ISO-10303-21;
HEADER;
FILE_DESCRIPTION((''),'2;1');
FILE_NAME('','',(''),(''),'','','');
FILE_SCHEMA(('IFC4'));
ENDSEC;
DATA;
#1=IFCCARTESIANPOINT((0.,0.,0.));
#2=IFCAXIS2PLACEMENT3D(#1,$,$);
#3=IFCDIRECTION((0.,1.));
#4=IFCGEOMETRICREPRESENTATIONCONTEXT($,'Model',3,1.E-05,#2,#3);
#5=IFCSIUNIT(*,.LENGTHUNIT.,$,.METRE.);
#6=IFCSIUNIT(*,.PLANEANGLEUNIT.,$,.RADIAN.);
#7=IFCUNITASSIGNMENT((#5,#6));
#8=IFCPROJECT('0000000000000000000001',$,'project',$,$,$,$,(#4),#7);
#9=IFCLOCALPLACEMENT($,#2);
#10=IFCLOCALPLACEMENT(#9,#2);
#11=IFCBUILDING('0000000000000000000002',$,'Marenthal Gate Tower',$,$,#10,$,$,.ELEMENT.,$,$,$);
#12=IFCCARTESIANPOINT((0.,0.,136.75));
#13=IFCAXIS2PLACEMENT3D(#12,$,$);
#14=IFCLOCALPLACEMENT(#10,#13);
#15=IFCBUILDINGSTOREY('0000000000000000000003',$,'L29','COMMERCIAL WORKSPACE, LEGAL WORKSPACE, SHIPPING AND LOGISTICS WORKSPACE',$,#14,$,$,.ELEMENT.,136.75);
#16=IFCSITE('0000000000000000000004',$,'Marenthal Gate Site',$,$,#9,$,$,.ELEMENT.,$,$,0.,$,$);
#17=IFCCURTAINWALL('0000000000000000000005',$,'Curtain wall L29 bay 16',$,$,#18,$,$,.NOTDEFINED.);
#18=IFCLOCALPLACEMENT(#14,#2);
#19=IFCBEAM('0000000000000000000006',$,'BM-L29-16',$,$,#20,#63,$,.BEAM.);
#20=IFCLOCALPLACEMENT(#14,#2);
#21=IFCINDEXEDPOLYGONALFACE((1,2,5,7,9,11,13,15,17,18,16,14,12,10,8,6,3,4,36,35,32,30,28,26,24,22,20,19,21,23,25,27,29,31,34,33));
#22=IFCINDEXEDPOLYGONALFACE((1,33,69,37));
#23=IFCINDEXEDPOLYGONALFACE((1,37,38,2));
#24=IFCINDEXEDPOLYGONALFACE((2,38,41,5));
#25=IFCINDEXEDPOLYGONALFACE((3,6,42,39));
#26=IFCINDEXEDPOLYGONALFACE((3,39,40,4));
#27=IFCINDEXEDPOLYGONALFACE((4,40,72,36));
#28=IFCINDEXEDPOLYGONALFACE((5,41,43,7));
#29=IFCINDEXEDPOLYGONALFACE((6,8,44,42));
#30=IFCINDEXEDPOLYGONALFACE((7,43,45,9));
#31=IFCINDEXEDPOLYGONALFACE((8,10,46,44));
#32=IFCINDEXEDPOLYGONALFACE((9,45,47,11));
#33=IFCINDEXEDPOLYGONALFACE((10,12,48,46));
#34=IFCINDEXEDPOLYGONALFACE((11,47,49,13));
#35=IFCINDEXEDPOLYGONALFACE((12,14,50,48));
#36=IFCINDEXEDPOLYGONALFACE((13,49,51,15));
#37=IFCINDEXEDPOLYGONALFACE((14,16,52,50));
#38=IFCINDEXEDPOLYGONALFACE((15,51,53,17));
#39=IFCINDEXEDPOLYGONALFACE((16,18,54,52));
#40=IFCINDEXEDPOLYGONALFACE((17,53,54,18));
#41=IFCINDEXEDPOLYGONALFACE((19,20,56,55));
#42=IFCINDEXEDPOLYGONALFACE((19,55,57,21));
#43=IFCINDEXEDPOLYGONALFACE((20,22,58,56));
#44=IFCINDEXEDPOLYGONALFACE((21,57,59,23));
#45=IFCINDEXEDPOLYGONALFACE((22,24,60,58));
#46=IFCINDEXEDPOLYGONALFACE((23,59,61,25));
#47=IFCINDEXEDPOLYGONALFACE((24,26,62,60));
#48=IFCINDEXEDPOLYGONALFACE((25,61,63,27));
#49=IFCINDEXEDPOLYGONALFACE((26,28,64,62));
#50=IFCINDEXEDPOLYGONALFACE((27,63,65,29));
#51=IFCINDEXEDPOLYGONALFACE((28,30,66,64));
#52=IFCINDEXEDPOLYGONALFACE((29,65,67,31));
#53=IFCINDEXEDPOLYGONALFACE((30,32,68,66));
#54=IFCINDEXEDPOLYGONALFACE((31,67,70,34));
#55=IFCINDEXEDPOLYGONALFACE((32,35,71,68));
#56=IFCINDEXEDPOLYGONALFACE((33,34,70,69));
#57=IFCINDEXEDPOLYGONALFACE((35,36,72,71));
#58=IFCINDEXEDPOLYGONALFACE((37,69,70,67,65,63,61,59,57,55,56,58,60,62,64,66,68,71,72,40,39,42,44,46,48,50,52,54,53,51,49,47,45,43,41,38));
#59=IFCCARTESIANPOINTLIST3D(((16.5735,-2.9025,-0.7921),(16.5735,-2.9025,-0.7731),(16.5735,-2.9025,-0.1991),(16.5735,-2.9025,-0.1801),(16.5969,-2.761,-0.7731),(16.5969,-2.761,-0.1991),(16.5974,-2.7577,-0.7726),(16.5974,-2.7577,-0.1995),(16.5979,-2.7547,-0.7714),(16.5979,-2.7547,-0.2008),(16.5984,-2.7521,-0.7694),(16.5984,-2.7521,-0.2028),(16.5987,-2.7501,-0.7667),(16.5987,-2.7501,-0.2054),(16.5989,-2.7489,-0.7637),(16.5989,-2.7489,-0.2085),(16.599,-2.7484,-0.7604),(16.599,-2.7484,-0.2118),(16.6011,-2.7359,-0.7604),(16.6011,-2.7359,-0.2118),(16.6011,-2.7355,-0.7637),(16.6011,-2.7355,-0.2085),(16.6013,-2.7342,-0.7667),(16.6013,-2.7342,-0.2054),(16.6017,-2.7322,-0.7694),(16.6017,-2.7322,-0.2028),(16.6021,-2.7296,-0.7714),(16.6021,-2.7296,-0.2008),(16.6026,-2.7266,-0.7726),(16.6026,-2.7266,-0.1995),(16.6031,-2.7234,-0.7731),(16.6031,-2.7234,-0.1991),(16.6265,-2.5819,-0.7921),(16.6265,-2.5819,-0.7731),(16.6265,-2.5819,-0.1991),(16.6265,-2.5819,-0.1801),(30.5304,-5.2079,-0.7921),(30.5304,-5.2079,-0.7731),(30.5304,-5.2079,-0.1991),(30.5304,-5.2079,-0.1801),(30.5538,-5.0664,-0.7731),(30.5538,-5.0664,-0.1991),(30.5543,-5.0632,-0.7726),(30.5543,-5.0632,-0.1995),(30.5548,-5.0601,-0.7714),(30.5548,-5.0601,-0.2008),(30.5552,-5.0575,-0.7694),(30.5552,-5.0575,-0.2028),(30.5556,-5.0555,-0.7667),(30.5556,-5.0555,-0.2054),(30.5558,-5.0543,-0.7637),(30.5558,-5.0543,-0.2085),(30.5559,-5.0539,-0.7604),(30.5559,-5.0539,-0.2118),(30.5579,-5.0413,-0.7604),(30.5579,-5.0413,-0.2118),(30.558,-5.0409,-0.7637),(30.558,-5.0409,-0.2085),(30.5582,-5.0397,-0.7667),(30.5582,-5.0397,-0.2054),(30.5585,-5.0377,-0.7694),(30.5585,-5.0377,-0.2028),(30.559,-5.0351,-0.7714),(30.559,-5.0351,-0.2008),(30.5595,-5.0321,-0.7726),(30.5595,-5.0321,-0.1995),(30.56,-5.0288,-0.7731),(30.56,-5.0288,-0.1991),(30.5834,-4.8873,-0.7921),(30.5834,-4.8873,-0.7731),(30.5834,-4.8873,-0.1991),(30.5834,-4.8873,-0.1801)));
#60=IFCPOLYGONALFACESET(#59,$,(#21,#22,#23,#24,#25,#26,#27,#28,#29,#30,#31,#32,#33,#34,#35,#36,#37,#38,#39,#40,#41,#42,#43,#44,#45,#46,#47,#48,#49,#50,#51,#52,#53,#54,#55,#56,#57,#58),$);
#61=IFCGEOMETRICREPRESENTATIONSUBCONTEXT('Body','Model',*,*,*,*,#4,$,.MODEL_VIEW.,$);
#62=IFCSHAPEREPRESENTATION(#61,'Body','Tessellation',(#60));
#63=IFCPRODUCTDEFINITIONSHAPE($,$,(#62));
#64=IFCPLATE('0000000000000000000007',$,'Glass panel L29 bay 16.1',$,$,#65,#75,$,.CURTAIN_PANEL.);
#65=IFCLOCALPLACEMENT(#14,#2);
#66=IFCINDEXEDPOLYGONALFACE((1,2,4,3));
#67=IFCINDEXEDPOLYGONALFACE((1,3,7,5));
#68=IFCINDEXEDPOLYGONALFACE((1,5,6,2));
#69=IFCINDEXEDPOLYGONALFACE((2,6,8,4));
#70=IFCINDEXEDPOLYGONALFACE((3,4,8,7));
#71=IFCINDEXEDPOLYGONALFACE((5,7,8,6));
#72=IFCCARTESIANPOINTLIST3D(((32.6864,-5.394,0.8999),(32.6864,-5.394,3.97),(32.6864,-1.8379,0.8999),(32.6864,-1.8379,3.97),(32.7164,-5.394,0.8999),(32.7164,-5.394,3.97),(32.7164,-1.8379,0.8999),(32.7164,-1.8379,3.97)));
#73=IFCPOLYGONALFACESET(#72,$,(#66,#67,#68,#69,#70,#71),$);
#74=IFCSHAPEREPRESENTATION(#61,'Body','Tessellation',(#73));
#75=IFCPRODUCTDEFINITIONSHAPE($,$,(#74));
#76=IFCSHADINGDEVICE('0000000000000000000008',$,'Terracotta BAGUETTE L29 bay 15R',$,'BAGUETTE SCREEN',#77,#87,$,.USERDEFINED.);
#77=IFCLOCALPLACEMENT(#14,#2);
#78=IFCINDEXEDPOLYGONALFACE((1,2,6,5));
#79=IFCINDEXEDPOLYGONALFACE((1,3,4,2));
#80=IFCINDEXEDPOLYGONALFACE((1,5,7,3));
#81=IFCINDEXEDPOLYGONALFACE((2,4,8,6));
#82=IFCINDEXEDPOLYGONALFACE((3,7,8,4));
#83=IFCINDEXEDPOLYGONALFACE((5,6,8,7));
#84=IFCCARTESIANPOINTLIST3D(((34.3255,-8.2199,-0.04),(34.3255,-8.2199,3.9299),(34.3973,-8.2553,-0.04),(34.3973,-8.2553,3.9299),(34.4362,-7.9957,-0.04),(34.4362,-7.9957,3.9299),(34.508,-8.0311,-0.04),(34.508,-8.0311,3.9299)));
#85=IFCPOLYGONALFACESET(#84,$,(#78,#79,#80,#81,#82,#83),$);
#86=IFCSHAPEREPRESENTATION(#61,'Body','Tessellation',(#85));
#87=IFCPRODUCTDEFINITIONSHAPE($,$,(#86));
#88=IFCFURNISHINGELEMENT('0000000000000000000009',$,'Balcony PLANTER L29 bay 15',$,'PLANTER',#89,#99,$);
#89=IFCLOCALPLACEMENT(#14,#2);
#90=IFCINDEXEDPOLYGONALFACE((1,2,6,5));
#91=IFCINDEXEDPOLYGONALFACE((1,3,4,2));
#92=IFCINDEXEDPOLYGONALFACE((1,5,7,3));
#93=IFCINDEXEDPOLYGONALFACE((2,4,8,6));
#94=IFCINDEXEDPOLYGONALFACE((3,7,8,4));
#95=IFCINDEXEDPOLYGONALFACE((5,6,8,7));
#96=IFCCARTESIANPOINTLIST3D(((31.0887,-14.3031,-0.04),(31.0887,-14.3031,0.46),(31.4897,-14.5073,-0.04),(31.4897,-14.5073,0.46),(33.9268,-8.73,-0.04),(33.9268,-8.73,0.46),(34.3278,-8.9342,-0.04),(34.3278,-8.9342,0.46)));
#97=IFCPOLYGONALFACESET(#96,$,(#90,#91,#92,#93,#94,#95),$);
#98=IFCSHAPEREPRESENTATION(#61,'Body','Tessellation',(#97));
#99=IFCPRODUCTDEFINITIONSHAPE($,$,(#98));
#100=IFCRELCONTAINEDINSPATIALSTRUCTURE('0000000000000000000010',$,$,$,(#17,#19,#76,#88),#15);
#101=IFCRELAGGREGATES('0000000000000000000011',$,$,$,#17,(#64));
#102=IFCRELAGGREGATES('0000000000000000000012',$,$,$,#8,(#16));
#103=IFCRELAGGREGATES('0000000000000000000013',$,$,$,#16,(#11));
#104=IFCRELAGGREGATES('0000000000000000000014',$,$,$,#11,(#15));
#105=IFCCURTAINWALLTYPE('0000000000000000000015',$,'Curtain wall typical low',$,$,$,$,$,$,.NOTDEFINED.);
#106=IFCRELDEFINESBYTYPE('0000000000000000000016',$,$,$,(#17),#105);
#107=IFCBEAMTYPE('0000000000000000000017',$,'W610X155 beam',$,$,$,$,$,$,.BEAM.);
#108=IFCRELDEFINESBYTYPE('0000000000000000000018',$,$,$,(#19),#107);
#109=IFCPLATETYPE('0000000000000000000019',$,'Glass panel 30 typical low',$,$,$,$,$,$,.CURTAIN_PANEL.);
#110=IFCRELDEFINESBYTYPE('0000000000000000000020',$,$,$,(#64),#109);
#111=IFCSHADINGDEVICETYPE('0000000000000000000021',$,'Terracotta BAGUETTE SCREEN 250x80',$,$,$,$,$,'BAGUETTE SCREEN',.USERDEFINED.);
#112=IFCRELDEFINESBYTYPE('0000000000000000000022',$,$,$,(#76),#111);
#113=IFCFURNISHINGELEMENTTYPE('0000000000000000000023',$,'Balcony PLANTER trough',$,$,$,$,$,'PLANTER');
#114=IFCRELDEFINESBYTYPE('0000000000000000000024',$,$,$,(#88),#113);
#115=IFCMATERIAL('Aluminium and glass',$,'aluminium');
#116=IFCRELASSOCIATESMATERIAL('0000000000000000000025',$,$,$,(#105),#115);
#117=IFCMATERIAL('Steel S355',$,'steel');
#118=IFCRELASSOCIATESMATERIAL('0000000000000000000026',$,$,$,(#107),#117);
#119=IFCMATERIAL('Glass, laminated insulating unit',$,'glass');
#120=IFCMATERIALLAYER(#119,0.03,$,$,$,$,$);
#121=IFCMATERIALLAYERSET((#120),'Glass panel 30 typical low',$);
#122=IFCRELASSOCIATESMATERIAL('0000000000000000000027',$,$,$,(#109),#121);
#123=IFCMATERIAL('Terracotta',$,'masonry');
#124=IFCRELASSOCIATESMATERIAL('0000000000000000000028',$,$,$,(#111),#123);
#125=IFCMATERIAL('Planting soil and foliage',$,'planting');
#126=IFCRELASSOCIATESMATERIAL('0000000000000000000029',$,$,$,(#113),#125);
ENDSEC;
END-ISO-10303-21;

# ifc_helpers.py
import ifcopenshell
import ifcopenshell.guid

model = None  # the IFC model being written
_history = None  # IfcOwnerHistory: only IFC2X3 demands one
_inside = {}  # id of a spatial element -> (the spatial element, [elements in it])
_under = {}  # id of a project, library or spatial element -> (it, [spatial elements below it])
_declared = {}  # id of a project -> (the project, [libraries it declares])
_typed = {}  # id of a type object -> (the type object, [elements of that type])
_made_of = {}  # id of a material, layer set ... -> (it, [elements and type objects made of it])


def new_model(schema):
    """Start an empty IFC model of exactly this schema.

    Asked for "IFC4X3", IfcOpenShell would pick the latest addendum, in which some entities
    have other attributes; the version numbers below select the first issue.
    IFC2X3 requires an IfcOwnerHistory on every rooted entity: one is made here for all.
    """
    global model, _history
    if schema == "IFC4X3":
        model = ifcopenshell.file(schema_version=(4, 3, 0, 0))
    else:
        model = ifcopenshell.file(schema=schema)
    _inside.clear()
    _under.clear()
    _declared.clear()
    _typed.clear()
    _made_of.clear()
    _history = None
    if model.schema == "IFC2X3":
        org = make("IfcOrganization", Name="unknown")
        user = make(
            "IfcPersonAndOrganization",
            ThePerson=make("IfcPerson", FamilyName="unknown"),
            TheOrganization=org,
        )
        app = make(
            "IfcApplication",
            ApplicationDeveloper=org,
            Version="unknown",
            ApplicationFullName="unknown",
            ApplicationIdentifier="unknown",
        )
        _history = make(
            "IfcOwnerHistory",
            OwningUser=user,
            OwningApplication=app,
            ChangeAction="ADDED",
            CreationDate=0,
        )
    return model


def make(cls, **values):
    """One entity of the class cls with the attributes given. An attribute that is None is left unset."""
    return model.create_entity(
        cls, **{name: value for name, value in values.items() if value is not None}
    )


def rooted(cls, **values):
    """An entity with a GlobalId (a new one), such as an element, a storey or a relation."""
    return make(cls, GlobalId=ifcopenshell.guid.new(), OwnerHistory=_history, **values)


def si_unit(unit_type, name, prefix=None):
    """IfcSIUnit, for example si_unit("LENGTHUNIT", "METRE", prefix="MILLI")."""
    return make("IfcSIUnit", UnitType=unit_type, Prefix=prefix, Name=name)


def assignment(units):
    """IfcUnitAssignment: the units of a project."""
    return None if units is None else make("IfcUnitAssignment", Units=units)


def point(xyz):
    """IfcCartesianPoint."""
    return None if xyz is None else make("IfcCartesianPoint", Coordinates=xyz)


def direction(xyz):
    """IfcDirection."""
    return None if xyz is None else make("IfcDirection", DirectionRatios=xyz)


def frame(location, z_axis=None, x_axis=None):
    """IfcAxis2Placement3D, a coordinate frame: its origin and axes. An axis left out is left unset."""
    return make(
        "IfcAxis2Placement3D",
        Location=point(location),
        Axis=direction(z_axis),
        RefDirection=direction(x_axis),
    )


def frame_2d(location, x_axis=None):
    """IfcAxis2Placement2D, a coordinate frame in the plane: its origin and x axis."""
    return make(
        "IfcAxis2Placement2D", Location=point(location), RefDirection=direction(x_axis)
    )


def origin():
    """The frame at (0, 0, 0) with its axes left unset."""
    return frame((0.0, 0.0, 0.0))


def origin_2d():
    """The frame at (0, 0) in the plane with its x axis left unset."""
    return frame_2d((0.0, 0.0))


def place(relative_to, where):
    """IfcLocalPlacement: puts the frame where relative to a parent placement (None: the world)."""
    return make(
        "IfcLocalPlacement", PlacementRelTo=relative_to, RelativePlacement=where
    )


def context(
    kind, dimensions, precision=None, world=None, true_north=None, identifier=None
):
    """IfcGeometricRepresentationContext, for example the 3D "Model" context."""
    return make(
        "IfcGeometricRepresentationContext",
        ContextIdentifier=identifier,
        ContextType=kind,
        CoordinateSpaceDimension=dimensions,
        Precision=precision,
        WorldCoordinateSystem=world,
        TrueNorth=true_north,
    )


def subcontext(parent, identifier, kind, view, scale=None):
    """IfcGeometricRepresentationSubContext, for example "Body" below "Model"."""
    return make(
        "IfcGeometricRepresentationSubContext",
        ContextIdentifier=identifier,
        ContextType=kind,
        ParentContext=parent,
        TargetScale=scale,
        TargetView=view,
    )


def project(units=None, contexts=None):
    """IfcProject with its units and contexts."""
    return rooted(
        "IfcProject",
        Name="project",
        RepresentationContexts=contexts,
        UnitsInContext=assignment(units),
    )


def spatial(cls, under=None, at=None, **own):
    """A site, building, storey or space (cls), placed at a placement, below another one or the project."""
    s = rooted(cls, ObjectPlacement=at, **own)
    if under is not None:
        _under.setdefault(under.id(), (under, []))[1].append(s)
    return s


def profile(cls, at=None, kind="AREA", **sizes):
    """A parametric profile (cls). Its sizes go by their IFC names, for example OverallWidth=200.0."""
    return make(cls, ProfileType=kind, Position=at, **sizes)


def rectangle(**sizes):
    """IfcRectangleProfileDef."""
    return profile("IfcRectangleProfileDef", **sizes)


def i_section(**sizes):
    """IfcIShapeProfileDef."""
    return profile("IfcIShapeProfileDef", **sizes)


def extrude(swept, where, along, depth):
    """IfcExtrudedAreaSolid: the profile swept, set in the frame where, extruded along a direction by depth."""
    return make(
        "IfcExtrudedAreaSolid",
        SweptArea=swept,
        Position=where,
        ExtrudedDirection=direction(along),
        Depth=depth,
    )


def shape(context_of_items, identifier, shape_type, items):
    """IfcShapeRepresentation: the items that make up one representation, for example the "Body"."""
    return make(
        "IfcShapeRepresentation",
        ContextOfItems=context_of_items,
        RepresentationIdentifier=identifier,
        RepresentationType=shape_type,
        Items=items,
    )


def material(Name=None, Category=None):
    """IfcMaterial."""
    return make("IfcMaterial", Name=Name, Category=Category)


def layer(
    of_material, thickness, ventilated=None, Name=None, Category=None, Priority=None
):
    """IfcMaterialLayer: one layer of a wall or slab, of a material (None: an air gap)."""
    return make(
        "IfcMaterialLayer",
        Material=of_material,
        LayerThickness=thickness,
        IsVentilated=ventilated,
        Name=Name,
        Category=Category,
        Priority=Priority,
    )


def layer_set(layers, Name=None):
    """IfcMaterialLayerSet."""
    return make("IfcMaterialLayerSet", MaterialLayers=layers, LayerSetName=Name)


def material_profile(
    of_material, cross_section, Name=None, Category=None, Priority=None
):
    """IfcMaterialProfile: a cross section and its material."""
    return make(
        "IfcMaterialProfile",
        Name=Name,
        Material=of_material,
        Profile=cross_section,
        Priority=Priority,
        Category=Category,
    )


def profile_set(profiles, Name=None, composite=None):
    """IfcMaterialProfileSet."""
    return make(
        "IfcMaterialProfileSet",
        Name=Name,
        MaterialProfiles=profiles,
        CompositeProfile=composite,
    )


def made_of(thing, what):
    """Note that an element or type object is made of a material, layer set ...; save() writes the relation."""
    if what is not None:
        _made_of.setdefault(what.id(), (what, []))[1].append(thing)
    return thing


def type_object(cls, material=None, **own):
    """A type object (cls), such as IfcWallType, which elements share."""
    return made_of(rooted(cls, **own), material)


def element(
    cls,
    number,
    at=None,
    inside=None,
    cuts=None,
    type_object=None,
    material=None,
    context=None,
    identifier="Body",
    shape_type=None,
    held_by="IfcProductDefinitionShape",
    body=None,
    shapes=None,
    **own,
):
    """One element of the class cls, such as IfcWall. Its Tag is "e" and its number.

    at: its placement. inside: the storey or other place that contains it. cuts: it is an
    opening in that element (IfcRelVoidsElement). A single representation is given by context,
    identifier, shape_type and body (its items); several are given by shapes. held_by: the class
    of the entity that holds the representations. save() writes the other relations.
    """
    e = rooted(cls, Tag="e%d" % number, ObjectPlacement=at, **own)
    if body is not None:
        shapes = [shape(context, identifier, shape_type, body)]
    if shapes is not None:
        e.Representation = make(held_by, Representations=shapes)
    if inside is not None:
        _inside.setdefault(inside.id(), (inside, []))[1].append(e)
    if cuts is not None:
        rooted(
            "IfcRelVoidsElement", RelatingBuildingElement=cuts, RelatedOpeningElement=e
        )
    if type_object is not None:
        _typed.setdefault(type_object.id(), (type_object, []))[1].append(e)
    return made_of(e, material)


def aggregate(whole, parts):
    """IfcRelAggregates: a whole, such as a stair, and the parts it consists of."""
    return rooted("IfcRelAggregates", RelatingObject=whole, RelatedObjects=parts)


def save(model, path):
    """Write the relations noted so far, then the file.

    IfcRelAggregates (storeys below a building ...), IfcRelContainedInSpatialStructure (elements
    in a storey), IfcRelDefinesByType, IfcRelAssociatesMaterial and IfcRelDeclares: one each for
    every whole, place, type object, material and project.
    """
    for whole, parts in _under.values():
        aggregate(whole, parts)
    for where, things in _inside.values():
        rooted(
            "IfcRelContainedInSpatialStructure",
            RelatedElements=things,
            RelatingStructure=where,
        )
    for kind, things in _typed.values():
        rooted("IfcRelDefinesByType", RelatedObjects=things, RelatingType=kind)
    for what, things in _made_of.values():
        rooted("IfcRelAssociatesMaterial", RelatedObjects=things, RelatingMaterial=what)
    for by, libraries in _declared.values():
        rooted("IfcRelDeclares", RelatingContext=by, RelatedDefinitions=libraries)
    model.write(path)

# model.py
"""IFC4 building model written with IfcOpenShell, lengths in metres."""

from ifc_helpers import new_model, si_unit, direction, frame, origin, origin_2d, place, context, subcontext, project, spatial, rectangle, i_section, extrude, material, layer, layer_set, material_profile, profile_set, type_object, element, aggregate, save


model = new_model("IFC4")

# Units and contexts
model_context = context("Model", 3, precision=1e-05, world=origin(), true_north=direction((0.0, 1.0)))
body_context = subcontext(model_context, "Body", "Model", "MODEL_VIEW")
ifc_project = project(units=[si_unit("LENGTHUNIT", "METRE"), si_unit("PLANEANGLEUNIT", "RADIAN")], contexts=[model_context])

# Site, building, storey
site_placement = place(None, origin())
site = spatial("IfcSite", under=ifc_project, at=site_placement, Name="Marenthal Gate Site", CompositionType="ELEMENT", RefElevation=0.0)
building_placement = place(site_placement, origin())
building = spatial("IfcBuilding", under=site, at=building_placement, Name="Marenthal Gate Tower", CompositionType="ELEMENT")
storey_placement = place(building_placement, frame((0.0, 0.0, 136.75)))
storey = spatial("IfcBuildingStorey", under=building, at=storey_placement, Name="L29", Description="COMMERCIAL WORKSPACE, LEGAL WORKSPACE, SHIPPING AND LOGISTICS WORKSPACE", CompositionType="ELEMENT", Elevation=136.75)

# Curtain wall
ifc_material_1 = material(Name="Aluminium and glass", Category="aluminium")
curtain_wall_type = type_object("IfcCurtainWallType", Name="Curtain wall typical low", PredefinedType="NOTDEFINED", material=ifc_material_1)
curtain_wall_placement = place(storey_placement, origin())
curtain_wall = element("IfcCurtainWall", 1, at=curtain_wall_placement, inside=storey, type_object=curtain_wall_type, Name="Curtain wall L29 bay 16", PredefinedType="NOTDEFINED")

# Beam
ifc_material_2 = material(Name="Steel S355", Category="steel")
ifc_material_profile_1 = material_profile(ifc_material_2, i_section(OverallWidth=0.325, OverallDepth=0.6121, WebThickness=0.0127, FlangeThickness=0.019, FilletRadius=0.0127, at=origin_2d()), Name="W610X155")
ifc_profile_set_1 = profile_set([ifc_material_profile_1], Name="Steel S355")
beam_type_1 = type_object("IfcBeamType", Name="W610X155 beam", PredefinedType="BEAM", material=ifc_profile_set_1)
beam_1_placement = place(storey_placement, frame((30.5569, -5.0476, -0.4861), z_axis=(-0.98663, 0.162974, 0.0), x_axis=(-0.162974, -0.98663, 0.0)))
element("IfcBeam", 2, at=beam_1_placement, inside=storey, type_object=beam_type_1, Name="BM-L29-16", PredefinedType="BEAM", context=body_context, shape_type="SweptSolid", body=[
    extrude(i_section(OverallWidth=0.325, OverallDepth=0.6121, WebThickness=0.0127, FlangeThickness=0.019, FilletRadius=0.0127, at=origin_2d()), origin(), (0.0, 0.0, 1.0), 14.146),
])

# Plate
ifc_material_3 = material(Name="Glass, laminated insulating unit", Category="glass")
ifc_layer = layer(ifc_material_3, 0.03)
ifc_layer_set = layer_set([ifc_layer], Name="Glass panel 30 typical low")
plate_type = type_object("IfcPlateType", Name="Glass panel 30 typical low", PredefinedType="CURTAIN_PANEL", material=ifc_layer_set)
plate_placement = place(storey_placement, frame((32.7014, -3.616, 0.8999), z_axis=(0.0, 0.0, 1.0), x_axis=(0.0, 1.0, 0.0)))
plate = element("IfcPlate", 3, at=plate_placement, type_object=plate_type, Name="Glass panel L29 bay 16.1", PredefinedType="CURTAIN_PANEL", context=body_context, shape_type="SweptSolid", body=[
    extrude(rectangle(XDim=3.5562, YDim=0.03, at=origin_2d()), origin(), (0.0, 0.0, 1.0), 3.0701),
])
aggregate(curtain_wall, [plate])

# Shading device
ifc_material_4 = material(Name="Terracotta", Category="masonry")
ifc_material_profile_2 = material_profile(ifc_material_4, rectangle(XDim=0.25, YDim=0.0801, at=origin_2d()), Name="Terracotta baguette 250x80")
ifc_profile_set_2 = profile_set([ifc_material_profile_2], Name="Terracotta")
shading_device_type = type_object("IfcShadingDeviceType", Name="Terracotta BAGUETTE SCREEN 250x80", ElementType="BAGUETTE SCREEN", PredefinedType="USERDEFINED", material=ifc_profile_set_2)
shading_device_placement = place(storey_placement, frame((34.4167, -8.1255, -0.04), z_axis=(0.0, 0.0, 1.0), x_axis=(0.442572, 0.896733, 0.0)))
element("IfcShadingDevice", 4, at=shading_device_placement, inside=storey, type_object=shading_device_type, Name="Terracotta BAGUETTE L29 bay 15R", ObjectType="BAGUETTE SCREEN", PredefinedType="USERDEFINED", context=body_context, shape_type="SweptSolid", body=[
    extrude(rectangle(XDim=0.25, YDim=0.0801, at=origin_2d()), origin(), (0.0, 0.0, 1.0), 3.97),
])

# Furnishing element
ifc_material_5 = material(Name="Planting soil and foliage", Category="planting")
furnishing_element_type = type_object("IfcFurnishingElementType", Name="Balcony PLANTER trough", ElementType="PLANTER", material=ifc_material_5)
furnishing_placement = place(storey_placement, frame((32.7083, -11.6187, -0.04), z_axis=(0.0, 0.0, 1.0), x_axis=(0.453791, 0.891108, 0.0)))
element("IfcFurnishingElement", 5, at=furnishing_placement, inside=storey, type_object=furnishing_element_type, Name="Balcony PLANTER L29 bay 15", ObjectType="PLANTER", context=body_context, shape_type="SweptSolid", body=[
    extrude(rectangle(XDim=6.2542, YDim=0.45, at=origin_2d()), origin(), (0.0, 0.0, 1.0), 0.5),
])

save(model, "model.ifc")
